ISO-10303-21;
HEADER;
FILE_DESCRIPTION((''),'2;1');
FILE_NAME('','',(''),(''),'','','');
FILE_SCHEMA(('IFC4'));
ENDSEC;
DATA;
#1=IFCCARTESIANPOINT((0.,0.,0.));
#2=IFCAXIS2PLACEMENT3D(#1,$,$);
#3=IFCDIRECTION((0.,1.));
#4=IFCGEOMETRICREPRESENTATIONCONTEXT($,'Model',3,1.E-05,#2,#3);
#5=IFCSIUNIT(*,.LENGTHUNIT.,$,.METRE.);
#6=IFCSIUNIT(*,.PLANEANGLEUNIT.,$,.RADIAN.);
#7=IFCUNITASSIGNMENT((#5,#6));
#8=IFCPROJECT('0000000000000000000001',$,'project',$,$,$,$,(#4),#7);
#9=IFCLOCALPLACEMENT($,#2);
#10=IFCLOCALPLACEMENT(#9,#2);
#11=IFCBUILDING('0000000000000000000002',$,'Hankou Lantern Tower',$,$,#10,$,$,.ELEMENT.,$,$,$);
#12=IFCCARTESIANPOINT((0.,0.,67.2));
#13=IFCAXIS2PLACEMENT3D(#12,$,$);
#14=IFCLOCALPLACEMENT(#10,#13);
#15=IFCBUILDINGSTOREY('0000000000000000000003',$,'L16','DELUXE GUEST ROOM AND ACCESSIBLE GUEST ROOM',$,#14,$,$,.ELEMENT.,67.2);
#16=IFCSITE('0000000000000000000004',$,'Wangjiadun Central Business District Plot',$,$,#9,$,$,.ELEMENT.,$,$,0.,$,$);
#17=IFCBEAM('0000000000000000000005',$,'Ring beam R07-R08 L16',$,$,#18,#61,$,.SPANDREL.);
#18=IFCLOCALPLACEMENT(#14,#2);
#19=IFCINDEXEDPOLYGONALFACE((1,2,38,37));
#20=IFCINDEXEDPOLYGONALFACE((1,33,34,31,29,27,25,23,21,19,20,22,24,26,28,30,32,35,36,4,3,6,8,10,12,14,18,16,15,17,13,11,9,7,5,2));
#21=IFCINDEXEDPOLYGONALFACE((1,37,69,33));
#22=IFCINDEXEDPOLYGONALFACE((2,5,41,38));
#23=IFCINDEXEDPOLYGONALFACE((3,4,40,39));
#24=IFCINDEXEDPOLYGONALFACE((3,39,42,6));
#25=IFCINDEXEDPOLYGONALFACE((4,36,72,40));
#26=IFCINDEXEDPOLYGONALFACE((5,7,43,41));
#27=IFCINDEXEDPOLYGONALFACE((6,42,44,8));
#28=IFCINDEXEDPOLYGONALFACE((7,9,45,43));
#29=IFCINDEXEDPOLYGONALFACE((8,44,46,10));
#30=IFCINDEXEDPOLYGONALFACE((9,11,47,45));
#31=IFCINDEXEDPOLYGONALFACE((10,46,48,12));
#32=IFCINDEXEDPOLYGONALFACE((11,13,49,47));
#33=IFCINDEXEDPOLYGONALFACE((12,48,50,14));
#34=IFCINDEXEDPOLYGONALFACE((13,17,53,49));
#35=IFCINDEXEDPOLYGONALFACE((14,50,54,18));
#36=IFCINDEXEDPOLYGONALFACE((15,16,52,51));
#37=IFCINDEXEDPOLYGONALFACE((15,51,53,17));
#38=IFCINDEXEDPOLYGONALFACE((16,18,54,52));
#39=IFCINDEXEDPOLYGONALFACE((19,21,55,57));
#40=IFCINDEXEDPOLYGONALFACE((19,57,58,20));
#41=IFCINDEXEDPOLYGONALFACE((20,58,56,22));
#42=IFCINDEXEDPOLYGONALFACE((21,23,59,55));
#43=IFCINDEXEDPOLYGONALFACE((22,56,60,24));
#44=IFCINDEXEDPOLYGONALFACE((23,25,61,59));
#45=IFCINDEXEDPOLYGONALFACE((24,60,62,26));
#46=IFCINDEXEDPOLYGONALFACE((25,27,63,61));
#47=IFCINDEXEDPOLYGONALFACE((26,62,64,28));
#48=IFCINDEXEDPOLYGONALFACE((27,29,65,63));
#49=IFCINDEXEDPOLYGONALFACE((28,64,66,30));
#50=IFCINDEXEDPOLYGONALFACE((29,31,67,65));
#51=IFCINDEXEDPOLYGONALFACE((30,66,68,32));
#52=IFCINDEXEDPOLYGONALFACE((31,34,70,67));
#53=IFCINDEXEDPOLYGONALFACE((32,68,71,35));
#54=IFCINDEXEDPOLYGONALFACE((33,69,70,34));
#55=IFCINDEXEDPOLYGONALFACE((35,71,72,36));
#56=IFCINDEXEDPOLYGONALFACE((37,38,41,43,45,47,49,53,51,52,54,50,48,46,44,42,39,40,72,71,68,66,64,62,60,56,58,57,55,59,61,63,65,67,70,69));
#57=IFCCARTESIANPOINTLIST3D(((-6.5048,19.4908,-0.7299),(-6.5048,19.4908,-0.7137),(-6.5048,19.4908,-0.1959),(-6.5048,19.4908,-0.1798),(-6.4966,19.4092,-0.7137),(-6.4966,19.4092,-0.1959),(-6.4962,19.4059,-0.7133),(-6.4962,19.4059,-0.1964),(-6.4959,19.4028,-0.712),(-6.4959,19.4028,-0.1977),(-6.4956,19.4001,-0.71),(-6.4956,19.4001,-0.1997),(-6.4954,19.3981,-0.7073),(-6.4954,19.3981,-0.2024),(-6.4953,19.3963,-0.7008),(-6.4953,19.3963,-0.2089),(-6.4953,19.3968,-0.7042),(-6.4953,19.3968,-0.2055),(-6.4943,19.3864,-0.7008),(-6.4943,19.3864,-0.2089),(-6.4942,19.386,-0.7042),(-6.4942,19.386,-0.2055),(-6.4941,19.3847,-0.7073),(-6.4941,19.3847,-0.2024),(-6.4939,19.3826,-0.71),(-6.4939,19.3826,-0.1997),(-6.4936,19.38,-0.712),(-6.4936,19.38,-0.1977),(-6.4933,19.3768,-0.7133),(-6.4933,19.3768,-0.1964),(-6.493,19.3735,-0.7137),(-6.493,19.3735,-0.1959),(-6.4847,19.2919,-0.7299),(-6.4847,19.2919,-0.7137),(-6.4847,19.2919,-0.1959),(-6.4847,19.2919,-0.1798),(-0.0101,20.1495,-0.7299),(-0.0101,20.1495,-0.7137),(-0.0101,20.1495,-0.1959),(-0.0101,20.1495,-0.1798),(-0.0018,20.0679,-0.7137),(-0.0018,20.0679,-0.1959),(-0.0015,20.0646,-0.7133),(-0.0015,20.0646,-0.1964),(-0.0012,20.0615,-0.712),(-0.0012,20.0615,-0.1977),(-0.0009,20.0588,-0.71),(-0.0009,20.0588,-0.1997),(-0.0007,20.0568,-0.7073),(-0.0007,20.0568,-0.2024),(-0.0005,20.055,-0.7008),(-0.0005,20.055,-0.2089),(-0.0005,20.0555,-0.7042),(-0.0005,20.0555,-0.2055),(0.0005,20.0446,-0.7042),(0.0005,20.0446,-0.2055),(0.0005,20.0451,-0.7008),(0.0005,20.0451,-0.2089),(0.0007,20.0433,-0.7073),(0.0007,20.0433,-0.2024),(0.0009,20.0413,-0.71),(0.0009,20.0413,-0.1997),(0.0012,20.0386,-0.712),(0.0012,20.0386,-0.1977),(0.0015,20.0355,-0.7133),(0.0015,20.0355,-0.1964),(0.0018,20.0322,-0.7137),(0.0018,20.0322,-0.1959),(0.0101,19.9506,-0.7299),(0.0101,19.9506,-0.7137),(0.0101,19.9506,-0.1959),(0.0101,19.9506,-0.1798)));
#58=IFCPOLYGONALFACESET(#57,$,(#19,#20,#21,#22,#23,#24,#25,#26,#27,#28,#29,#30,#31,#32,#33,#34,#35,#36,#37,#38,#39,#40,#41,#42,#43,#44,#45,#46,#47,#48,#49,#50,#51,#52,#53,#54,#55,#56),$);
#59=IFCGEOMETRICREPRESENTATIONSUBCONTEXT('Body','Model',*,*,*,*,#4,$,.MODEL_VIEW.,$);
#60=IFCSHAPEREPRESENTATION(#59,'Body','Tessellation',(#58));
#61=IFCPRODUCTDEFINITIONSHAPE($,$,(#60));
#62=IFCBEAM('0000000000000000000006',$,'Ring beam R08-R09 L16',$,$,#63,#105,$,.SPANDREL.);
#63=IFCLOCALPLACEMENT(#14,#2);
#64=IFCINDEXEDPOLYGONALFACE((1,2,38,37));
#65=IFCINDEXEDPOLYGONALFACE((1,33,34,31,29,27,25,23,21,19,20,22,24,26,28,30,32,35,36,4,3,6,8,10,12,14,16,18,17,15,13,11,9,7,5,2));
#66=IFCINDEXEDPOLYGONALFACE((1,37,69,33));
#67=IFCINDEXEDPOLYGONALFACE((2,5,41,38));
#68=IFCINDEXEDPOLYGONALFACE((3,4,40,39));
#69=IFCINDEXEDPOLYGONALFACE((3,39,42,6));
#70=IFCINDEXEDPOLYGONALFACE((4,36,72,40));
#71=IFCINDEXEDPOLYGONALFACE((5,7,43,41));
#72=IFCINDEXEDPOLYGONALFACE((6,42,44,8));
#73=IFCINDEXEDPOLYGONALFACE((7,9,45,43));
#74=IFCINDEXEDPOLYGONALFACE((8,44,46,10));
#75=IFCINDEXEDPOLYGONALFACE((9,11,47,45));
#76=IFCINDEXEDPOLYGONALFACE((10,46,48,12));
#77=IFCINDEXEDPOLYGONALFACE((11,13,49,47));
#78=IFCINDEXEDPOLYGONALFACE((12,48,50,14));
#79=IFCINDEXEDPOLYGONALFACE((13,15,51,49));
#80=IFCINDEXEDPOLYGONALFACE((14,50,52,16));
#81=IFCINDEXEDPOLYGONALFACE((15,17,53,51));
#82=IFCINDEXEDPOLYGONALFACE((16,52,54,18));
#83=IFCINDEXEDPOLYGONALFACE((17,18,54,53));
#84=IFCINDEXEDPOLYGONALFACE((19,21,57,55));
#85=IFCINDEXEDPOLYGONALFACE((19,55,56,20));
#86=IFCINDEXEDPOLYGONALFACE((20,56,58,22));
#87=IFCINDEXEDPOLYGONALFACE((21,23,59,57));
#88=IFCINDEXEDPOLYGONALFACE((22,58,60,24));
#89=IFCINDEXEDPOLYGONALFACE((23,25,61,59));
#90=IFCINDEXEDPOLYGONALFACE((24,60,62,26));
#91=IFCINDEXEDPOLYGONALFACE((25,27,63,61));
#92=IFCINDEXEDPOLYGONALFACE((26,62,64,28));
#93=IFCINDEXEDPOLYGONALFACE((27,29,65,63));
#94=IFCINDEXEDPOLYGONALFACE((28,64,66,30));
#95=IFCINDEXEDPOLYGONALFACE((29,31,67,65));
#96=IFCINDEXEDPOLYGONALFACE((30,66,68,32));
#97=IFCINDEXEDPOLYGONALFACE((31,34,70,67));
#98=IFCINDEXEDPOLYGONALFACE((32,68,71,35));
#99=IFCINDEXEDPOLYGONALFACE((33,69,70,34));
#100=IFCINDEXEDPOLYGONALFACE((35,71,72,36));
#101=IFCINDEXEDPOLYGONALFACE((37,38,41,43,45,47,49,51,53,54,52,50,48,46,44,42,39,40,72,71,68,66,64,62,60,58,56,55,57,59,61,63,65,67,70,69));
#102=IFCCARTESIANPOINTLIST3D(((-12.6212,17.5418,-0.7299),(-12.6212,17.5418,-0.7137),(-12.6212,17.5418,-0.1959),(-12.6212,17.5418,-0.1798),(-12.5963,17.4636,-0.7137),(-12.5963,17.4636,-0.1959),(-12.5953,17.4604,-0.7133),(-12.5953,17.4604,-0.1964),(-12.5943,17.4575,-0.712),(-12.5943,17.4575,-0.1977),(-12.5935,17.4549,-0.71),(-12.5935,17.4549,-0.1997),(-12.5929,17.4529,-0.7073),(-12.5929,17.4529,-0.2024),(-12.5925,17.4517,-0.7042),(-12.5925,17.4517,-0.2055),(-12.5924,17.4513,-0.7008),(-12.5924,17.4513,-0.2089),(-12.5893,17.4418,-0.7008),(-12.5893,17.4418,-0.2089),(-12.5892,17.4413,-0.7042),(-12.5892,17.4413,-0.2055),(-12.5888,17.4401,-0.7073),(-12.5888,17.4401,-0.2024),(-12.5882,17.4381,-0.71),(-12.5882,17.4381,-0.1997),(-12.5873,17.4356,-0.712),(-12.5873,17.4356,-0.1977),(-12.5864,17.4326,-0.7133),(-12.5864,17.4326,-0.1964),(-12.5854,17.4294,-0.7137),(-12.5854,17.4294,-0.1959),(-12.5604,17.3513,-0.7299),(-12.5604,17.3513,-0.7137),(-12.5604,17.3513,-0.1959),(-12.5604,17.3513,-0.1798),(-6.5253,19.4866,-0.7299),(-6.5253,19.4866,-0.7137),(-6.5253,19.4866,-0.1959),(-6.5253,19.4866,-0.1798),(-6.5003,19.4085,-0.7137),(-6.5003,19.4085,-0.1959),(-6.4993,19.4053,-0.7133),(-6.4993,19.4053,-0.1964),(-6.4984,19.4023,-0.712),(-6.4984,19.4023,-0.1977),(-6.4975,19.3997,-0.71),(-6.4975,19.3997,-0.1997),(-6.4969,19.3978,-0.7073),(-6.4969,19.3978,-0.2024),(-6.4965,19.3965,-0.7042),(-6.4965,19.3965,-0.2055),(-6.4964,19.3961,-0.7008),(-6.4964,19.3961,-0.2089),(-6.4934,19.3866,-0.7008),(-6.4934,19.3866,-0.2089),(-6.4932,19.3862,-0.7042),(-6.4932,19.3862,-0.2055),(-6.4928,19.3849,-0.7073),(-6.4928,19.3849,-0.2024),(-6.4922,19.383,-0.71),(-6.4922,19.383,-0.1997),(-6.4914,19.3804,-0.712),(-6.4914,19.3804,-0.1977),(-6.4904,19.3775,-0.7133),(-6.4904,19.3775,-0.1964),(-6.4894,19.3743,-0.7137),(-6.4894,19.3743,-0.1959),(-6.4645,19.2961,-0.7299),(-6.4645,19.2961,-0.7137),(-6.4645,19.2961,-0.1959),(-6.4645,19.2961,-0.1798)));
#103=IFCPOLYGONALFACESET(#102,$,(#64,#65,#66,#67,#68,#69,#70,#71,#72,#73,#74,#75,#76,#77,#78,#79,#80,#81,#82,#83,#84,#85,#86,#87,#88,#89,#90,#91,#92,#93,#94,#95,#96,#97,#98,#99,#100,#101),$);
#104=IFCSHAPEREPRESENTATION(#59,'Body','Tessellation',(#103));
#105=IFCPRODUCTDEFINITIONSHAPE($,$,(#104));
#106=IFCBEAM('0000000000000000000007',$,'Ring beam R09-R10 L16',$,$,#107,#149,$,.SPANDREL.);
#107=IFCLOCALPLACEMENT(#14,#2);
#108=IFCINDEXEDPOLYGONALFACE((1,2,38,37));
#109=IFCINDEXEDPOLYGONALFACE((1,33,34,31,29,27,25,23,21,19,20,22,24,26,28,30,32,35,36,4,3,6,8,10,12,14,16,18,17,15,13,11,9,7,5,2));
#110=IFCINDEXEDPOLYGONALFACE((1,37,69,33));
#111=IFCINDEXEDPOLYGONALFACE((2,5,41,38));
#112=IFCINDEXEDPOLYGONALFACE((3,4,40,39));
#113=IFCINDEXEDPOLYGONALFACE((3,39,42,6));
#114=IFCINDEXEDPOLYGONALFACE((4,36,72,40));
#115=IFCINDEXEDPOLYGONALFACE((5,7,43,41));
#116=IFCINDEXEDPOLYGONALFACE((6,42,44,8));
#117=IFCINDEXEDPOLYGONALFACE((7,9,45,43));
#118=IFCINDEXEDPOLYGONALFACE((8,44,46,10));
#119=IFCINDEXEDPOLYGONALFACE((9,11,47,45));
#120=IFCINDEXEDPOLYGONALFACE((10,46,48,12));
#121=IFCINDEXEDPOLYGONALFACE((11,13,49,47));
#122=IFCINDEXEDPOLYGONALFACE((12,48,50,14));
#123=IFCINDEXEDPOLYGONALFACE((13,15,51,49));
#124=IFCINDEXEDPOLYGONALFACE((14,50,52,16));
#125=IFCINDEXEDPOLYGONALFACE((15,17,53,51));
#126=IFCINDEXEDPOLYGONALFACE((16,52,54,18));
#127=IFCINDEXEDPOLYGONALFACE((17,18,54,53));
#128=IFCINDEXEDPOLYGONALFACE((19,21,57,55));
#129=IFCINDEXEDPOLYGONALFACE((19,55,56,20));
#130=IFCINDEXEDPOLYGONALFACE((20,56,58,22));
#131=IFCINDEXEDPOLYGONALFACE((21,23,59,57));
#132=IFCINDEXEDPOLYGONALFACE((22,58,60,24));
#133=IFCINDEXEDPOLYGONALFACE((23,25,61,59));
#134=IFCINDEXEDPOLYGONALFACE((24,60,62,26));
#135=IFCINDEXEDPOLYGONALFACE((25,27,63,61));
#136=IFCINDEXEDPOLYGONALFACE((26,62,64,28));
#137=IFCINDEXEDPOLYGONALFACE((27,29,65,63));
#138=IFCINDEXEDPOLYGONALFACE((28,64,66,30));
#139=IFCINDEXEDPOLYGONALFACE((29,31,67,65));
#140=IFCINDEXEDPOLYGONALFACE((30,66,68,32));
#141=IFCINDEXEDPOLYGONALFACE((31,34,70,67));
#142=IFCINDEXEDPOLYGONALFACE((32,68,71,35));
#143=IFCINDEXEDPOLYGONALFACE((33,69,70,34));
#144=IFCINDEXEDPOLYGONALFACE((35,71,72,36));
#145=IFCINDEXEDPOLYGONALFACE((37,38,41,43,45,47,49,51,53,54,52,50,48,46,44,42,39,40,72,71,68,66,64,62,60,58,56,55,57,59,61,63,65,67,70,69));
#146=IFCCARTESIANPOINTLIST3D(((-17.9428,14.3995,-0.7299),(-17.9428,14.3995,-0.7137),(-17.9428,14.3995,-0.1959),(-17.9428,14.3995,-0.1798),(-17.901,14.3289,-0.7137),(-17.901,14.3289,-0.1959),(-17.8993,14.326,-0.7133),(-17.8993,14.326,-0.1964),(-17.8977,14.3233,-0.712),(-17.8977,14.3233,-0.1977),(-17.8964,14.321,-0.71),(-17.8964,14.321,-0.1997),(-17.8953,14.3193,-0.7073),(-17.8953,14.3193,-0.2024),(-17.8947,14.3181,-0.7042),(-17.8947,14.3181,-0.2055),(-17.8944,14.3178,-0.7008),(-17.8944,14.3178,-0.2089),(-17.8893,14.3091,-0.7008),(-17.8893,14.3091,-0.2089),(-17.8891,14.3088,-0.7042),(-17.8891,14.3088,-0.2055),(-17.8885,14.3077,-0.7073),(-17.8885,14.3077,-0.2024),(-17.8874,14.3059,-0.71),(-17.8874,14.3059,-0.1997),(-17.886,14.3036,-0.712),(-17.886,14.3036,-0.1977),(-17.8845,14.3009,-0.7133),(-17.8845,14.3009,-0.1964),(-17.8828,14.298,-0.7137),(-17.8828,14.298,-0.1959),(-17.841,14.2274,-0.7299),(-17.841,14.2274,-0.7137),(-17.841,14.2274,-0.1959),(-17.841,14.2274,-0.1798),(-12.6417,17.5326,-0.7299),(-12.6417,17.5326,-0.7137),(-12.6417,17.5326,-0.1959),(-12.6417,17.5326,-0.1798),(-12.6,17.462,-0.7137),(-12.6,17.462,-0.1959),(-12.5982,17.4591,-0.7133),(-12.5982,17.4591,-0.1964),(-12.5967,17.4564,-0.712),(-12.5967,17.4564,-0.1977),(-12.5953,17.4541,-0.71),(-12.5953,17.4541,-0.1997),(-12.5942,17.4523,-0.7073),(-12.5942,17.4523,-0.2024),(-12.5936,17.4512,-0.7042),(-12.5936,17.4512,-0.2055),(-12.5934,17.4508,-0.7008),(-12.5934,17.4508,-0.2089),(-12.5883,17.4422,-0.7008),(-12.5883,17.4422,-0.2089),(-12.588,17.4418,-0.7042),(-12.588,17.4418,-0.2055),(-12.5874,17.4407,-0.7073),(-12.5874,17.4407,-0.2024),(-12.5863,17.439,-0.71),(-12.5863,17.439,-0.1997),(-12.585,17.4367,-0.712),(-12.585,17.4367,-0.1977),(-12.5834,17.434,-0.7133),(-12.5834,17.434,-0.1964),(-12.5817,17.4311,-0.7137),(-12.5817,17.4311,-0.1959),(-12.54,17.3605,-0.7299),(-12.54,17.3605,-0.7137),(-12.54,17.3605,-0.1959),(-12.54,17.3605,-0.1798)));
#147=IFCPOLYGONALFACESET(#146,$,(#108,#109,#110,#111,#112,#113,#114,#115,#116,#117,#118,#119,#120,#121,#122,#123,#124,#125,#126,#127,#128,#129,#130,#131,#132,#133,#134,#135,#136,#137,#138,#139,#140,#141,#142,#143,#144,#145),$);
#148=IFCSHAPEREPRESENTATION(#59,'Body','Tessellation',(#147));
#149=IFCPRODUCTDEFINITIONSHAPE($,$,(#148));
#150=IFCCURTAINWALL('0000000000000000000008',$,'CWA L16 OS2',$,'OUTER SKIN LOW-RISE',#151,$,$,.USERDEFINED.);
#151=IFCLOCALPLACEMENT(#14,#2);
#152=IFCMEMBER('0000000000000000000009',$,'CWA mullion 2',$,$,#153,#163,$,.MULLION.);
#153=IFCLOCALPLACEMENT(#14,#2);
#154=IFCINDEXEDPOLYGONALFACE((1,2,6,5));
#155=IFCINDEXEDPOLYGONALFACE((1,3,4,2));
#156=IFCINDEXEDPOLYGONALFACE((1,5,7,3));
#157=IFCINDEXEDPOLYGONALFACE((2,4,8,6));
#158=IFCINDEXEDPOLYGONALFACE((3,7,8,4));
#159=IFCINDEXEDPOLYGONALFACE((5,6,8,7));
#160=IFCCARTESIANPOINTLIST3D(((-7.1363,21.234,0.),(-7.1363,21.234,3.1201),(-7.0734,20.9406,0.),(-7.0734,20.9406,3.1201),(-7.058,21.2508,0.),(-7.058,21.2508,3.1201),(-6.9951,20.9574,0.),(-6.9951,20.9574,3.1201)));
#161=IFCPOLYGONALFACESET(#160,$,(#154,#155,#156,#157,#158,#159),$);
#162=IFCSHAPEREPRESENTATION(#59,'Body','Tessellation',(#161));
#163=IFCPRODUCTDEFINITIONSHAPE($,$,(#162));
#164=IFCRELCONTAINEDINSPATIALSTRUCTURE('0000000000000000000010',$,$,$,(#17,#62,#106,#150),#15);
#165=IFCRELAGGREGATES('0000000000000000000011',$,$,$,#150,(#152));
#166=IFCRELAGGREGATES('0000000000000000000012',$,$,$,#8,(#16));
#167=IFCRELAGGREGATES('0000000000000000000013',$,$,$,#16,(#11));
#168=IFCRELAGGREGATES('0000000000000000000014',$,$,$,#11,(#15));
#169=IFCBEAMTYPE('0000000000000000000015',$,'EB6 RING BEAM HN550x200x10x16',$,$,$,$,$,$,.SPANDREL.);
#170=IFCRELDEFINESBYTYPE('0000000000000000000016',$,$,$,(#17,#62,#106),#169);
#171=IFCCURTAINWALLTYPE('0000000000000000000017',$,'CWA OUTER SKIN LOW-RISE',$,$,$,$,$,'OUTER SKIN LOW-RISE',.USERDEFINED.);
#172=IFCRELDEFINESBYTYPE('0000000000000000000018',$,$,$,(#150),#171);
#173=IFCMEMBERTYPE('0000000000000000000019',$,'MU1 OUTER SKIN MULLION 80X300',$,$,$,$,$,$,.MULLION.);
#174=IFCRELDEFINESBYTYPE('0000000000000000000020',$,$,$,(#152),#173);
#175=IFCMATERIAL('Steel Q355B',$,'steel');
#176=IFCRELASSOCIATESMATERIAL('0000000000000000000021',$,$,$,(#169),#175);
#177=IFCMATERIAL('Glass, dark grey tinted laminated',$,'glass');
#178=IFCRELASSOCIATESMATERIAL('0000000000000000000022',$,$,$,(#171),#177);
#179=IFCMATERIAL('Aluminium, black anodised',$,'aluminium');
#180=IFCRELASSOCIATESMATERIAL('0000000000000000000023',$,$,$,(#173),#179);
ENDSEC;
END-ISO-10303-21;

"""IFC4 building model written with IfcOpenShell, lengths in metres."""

from ifc_helpers import new_model, si_unit, direction, frame, origin, origin_2d, place, context, subcontext, project, spatial, rectangle, i_section, extrude, material, material_profile, profile_set, type_object, element, aggregate, save


model = new_model("IFC4")

# Units and contexts
model_context = context("Model", 3, precision=1e-05, world=origin(), true_north=direction((0.0, 1.0)))
body_context = subcontext(model_context, "Body", "Model", "MODEL_VIEW")
ifc_project = project(units=[si_unit("LENGTHUNIT", "METRE"), si_unit("PLANEANGLEUNIT", "RADIAN")], contexts=[model_context])

# Site, building, storey
site_placement = place(None, origin())
site = spatial("IfcSite", under=ifc_project, at=site_placement, Name="Wangjiadun Central Business District Plot", CompositionType="ELEMENT", RefElevation=0.0)
building_placement = place(site_placement, origin())
building = spatial("IfcBuilding", under=site, at=building_placement, Name="Hankou Lantern Tower", CompositionType="ELEMENT")
storey_placement = place(building_placement, frame((0.0, 0.0, 67.2)))
storey = spatial("IfcBuildingStorey", under=building, at=storey_placement, Name="L16", Description="DELUXE GUEST ROOM AND ACCESSIBLE GUEST ROOM", CompositionType="ELEMENT", Elevation=67.2)

# Beams
ifc_material_1 = material(Name="Steel Q355B", Category="steel")
ifc_material_profile_1 = material_profile(ifc_material_1, i_section(OverallWidth=0.2, OverallDepth=0.55, WebThickness=0.01, FlangeThickness=0.0161, FilletRadius=0.0129, at=origin_2d()), Name="HN550x200x10x16")
ifc_profile_set_1 = profile_set([ifc_material_profile_1], Name="Steel Q355B")
beam_type_1 = type_object("IfcBeamType", Name="EB6 RING BEAM HN550x200x10x16", PredefinedType="SPANDREL", material=ifc_profile_set_1)
beam_1_placement = place(storey_placement, frame((0.0, 20.05, -0.4548), z_axis=(-0.994897, -0.1009, 0.0), x_axis=(0.1009, -0.994897, 0.0)))
element("IfcBeam", 1, at=beam_1_placement, inside=storey, type_object=beam_type_1, Name="Ring beam R07-R08 L16", PredefinedType="SPANDREL", context=body_context, shape_type="SweptSolid", body=[
    extrude(i_section(OverallWidth=0.2, OverallDepth=0.55, WebThickness=0.01, FlangeThickness=0.0161, FilletRadius=0.0129, at=origin_2d()), origin(), (0.0, 0.0, 1.0), 6.5281),
])
beam_2_placement = place(storey_placement, frame((-6.4949, 19.3914, -0.4548), z_axis=(-0.95269, -0.303942, 0.0), x_axis=(0.303942, -0.95269, 0.0)))
element("IfcBeam", 2, at=beam_2_placement, inside=storey, type_object=beam_type_1, Name="Ring beam R08-R09 L16", PredefinedType="SPANDREL", context=body_context, shape_type="SweptSolid", body=[
    extrude(i_section(OverallWidth=0.2, OverallDepth=0.55, WebThickness=0.01, FlangeThickness=0.0161, FilletRadius=0.0129, at=origin_2d()), origin(), (0.0, 0.0, 1.0), 6.3987),
])
beam_3_placement = place(storey_placement, frame((-12.5908, 17.4465, -0.4548), z_axis=(-0.860882, -0.508805, 0.0), x_axis=(0.508805, -0.860882, 0.0)))
element("IfcBeam", 3, at=beam_3_placement, inside=storey, type_object=beam_type_1, Name="Ring beam R09-R10 L16", PredefinedType="SPANDREL", context=body_context, shape_type="SweptSolid", body=[
    extrude(i_section(OverallWidth=0.2, OverallDepth=0.55, WebThickness=0.01, FlangeThickness=0.0161, FilletRadius=0.0129, at=origin_2d()), origin(), (0.0, 0.0, 1.0), 6.1577),
])

# Curtain wall, member
ifc_material_2 = material(Name="Glass, dark grey tinted laminated", Category="glass")
curtain_wall_type = type_object("IfcCurtainWallType", Name="CWA OUTER SKIN LOW-RISE", ElementType="OUTER SKIN LOW-RISE", PredefinedType="USERDEFINED", material=ifc_material_2)
curtain_wall_placement = place(storey_placement, origin())
curtain_wall = element("IfcCurtainWall", 4, at=curtain_wall_placement, inside=storey, type_object=curtain_wall_type, Name="CWA L16 OS2", ObjectType="OUTER SKIN LOW-RISE", PredefinedType="USERDEFINED")
ifc_material_3 = material(Name="Aluminium, black anodised", Category="aluminium")
ifc_material_profile_2 = material_profile(ifc_material_3, rectangle(XDim=0.0801, YDim=0.3, at=origin_2d()), Name="MU1 80X300")
ifc_profile_set_2 = profile_set([ifc_material_profile_2], Name="Aluminium, black anodised")
member_type_1 = type_object("IfcMemberType", Name="MU1 OUTER SKIN MULLION 80X300", PredefinedType="MULLION", material=ifc_profile_set_2)
member_1_placement = place(storey_placement, frame((-7.0657, 21.0957, 0.0), z_axis=(0.0, 0.0, 1.0), x_axis=(-0.977788, -0.209598, 0.0)))
member_1 = element("IfcMember", 5, at=member_1_placement, type_object=member_type_1, Name="CWA mullion 2", PredefinedType="MULLION", context=body_context, shape_type="SweptSolid", body=[
    extrude(rectangle(XDim=0.0801, YDim=0.3, at=origin_2d()), origin(), (0.0, 0.0, 1.0), 3.1201),
])

aggregate(curtain_wall, [member_1])

save(model, "model.ifc")
